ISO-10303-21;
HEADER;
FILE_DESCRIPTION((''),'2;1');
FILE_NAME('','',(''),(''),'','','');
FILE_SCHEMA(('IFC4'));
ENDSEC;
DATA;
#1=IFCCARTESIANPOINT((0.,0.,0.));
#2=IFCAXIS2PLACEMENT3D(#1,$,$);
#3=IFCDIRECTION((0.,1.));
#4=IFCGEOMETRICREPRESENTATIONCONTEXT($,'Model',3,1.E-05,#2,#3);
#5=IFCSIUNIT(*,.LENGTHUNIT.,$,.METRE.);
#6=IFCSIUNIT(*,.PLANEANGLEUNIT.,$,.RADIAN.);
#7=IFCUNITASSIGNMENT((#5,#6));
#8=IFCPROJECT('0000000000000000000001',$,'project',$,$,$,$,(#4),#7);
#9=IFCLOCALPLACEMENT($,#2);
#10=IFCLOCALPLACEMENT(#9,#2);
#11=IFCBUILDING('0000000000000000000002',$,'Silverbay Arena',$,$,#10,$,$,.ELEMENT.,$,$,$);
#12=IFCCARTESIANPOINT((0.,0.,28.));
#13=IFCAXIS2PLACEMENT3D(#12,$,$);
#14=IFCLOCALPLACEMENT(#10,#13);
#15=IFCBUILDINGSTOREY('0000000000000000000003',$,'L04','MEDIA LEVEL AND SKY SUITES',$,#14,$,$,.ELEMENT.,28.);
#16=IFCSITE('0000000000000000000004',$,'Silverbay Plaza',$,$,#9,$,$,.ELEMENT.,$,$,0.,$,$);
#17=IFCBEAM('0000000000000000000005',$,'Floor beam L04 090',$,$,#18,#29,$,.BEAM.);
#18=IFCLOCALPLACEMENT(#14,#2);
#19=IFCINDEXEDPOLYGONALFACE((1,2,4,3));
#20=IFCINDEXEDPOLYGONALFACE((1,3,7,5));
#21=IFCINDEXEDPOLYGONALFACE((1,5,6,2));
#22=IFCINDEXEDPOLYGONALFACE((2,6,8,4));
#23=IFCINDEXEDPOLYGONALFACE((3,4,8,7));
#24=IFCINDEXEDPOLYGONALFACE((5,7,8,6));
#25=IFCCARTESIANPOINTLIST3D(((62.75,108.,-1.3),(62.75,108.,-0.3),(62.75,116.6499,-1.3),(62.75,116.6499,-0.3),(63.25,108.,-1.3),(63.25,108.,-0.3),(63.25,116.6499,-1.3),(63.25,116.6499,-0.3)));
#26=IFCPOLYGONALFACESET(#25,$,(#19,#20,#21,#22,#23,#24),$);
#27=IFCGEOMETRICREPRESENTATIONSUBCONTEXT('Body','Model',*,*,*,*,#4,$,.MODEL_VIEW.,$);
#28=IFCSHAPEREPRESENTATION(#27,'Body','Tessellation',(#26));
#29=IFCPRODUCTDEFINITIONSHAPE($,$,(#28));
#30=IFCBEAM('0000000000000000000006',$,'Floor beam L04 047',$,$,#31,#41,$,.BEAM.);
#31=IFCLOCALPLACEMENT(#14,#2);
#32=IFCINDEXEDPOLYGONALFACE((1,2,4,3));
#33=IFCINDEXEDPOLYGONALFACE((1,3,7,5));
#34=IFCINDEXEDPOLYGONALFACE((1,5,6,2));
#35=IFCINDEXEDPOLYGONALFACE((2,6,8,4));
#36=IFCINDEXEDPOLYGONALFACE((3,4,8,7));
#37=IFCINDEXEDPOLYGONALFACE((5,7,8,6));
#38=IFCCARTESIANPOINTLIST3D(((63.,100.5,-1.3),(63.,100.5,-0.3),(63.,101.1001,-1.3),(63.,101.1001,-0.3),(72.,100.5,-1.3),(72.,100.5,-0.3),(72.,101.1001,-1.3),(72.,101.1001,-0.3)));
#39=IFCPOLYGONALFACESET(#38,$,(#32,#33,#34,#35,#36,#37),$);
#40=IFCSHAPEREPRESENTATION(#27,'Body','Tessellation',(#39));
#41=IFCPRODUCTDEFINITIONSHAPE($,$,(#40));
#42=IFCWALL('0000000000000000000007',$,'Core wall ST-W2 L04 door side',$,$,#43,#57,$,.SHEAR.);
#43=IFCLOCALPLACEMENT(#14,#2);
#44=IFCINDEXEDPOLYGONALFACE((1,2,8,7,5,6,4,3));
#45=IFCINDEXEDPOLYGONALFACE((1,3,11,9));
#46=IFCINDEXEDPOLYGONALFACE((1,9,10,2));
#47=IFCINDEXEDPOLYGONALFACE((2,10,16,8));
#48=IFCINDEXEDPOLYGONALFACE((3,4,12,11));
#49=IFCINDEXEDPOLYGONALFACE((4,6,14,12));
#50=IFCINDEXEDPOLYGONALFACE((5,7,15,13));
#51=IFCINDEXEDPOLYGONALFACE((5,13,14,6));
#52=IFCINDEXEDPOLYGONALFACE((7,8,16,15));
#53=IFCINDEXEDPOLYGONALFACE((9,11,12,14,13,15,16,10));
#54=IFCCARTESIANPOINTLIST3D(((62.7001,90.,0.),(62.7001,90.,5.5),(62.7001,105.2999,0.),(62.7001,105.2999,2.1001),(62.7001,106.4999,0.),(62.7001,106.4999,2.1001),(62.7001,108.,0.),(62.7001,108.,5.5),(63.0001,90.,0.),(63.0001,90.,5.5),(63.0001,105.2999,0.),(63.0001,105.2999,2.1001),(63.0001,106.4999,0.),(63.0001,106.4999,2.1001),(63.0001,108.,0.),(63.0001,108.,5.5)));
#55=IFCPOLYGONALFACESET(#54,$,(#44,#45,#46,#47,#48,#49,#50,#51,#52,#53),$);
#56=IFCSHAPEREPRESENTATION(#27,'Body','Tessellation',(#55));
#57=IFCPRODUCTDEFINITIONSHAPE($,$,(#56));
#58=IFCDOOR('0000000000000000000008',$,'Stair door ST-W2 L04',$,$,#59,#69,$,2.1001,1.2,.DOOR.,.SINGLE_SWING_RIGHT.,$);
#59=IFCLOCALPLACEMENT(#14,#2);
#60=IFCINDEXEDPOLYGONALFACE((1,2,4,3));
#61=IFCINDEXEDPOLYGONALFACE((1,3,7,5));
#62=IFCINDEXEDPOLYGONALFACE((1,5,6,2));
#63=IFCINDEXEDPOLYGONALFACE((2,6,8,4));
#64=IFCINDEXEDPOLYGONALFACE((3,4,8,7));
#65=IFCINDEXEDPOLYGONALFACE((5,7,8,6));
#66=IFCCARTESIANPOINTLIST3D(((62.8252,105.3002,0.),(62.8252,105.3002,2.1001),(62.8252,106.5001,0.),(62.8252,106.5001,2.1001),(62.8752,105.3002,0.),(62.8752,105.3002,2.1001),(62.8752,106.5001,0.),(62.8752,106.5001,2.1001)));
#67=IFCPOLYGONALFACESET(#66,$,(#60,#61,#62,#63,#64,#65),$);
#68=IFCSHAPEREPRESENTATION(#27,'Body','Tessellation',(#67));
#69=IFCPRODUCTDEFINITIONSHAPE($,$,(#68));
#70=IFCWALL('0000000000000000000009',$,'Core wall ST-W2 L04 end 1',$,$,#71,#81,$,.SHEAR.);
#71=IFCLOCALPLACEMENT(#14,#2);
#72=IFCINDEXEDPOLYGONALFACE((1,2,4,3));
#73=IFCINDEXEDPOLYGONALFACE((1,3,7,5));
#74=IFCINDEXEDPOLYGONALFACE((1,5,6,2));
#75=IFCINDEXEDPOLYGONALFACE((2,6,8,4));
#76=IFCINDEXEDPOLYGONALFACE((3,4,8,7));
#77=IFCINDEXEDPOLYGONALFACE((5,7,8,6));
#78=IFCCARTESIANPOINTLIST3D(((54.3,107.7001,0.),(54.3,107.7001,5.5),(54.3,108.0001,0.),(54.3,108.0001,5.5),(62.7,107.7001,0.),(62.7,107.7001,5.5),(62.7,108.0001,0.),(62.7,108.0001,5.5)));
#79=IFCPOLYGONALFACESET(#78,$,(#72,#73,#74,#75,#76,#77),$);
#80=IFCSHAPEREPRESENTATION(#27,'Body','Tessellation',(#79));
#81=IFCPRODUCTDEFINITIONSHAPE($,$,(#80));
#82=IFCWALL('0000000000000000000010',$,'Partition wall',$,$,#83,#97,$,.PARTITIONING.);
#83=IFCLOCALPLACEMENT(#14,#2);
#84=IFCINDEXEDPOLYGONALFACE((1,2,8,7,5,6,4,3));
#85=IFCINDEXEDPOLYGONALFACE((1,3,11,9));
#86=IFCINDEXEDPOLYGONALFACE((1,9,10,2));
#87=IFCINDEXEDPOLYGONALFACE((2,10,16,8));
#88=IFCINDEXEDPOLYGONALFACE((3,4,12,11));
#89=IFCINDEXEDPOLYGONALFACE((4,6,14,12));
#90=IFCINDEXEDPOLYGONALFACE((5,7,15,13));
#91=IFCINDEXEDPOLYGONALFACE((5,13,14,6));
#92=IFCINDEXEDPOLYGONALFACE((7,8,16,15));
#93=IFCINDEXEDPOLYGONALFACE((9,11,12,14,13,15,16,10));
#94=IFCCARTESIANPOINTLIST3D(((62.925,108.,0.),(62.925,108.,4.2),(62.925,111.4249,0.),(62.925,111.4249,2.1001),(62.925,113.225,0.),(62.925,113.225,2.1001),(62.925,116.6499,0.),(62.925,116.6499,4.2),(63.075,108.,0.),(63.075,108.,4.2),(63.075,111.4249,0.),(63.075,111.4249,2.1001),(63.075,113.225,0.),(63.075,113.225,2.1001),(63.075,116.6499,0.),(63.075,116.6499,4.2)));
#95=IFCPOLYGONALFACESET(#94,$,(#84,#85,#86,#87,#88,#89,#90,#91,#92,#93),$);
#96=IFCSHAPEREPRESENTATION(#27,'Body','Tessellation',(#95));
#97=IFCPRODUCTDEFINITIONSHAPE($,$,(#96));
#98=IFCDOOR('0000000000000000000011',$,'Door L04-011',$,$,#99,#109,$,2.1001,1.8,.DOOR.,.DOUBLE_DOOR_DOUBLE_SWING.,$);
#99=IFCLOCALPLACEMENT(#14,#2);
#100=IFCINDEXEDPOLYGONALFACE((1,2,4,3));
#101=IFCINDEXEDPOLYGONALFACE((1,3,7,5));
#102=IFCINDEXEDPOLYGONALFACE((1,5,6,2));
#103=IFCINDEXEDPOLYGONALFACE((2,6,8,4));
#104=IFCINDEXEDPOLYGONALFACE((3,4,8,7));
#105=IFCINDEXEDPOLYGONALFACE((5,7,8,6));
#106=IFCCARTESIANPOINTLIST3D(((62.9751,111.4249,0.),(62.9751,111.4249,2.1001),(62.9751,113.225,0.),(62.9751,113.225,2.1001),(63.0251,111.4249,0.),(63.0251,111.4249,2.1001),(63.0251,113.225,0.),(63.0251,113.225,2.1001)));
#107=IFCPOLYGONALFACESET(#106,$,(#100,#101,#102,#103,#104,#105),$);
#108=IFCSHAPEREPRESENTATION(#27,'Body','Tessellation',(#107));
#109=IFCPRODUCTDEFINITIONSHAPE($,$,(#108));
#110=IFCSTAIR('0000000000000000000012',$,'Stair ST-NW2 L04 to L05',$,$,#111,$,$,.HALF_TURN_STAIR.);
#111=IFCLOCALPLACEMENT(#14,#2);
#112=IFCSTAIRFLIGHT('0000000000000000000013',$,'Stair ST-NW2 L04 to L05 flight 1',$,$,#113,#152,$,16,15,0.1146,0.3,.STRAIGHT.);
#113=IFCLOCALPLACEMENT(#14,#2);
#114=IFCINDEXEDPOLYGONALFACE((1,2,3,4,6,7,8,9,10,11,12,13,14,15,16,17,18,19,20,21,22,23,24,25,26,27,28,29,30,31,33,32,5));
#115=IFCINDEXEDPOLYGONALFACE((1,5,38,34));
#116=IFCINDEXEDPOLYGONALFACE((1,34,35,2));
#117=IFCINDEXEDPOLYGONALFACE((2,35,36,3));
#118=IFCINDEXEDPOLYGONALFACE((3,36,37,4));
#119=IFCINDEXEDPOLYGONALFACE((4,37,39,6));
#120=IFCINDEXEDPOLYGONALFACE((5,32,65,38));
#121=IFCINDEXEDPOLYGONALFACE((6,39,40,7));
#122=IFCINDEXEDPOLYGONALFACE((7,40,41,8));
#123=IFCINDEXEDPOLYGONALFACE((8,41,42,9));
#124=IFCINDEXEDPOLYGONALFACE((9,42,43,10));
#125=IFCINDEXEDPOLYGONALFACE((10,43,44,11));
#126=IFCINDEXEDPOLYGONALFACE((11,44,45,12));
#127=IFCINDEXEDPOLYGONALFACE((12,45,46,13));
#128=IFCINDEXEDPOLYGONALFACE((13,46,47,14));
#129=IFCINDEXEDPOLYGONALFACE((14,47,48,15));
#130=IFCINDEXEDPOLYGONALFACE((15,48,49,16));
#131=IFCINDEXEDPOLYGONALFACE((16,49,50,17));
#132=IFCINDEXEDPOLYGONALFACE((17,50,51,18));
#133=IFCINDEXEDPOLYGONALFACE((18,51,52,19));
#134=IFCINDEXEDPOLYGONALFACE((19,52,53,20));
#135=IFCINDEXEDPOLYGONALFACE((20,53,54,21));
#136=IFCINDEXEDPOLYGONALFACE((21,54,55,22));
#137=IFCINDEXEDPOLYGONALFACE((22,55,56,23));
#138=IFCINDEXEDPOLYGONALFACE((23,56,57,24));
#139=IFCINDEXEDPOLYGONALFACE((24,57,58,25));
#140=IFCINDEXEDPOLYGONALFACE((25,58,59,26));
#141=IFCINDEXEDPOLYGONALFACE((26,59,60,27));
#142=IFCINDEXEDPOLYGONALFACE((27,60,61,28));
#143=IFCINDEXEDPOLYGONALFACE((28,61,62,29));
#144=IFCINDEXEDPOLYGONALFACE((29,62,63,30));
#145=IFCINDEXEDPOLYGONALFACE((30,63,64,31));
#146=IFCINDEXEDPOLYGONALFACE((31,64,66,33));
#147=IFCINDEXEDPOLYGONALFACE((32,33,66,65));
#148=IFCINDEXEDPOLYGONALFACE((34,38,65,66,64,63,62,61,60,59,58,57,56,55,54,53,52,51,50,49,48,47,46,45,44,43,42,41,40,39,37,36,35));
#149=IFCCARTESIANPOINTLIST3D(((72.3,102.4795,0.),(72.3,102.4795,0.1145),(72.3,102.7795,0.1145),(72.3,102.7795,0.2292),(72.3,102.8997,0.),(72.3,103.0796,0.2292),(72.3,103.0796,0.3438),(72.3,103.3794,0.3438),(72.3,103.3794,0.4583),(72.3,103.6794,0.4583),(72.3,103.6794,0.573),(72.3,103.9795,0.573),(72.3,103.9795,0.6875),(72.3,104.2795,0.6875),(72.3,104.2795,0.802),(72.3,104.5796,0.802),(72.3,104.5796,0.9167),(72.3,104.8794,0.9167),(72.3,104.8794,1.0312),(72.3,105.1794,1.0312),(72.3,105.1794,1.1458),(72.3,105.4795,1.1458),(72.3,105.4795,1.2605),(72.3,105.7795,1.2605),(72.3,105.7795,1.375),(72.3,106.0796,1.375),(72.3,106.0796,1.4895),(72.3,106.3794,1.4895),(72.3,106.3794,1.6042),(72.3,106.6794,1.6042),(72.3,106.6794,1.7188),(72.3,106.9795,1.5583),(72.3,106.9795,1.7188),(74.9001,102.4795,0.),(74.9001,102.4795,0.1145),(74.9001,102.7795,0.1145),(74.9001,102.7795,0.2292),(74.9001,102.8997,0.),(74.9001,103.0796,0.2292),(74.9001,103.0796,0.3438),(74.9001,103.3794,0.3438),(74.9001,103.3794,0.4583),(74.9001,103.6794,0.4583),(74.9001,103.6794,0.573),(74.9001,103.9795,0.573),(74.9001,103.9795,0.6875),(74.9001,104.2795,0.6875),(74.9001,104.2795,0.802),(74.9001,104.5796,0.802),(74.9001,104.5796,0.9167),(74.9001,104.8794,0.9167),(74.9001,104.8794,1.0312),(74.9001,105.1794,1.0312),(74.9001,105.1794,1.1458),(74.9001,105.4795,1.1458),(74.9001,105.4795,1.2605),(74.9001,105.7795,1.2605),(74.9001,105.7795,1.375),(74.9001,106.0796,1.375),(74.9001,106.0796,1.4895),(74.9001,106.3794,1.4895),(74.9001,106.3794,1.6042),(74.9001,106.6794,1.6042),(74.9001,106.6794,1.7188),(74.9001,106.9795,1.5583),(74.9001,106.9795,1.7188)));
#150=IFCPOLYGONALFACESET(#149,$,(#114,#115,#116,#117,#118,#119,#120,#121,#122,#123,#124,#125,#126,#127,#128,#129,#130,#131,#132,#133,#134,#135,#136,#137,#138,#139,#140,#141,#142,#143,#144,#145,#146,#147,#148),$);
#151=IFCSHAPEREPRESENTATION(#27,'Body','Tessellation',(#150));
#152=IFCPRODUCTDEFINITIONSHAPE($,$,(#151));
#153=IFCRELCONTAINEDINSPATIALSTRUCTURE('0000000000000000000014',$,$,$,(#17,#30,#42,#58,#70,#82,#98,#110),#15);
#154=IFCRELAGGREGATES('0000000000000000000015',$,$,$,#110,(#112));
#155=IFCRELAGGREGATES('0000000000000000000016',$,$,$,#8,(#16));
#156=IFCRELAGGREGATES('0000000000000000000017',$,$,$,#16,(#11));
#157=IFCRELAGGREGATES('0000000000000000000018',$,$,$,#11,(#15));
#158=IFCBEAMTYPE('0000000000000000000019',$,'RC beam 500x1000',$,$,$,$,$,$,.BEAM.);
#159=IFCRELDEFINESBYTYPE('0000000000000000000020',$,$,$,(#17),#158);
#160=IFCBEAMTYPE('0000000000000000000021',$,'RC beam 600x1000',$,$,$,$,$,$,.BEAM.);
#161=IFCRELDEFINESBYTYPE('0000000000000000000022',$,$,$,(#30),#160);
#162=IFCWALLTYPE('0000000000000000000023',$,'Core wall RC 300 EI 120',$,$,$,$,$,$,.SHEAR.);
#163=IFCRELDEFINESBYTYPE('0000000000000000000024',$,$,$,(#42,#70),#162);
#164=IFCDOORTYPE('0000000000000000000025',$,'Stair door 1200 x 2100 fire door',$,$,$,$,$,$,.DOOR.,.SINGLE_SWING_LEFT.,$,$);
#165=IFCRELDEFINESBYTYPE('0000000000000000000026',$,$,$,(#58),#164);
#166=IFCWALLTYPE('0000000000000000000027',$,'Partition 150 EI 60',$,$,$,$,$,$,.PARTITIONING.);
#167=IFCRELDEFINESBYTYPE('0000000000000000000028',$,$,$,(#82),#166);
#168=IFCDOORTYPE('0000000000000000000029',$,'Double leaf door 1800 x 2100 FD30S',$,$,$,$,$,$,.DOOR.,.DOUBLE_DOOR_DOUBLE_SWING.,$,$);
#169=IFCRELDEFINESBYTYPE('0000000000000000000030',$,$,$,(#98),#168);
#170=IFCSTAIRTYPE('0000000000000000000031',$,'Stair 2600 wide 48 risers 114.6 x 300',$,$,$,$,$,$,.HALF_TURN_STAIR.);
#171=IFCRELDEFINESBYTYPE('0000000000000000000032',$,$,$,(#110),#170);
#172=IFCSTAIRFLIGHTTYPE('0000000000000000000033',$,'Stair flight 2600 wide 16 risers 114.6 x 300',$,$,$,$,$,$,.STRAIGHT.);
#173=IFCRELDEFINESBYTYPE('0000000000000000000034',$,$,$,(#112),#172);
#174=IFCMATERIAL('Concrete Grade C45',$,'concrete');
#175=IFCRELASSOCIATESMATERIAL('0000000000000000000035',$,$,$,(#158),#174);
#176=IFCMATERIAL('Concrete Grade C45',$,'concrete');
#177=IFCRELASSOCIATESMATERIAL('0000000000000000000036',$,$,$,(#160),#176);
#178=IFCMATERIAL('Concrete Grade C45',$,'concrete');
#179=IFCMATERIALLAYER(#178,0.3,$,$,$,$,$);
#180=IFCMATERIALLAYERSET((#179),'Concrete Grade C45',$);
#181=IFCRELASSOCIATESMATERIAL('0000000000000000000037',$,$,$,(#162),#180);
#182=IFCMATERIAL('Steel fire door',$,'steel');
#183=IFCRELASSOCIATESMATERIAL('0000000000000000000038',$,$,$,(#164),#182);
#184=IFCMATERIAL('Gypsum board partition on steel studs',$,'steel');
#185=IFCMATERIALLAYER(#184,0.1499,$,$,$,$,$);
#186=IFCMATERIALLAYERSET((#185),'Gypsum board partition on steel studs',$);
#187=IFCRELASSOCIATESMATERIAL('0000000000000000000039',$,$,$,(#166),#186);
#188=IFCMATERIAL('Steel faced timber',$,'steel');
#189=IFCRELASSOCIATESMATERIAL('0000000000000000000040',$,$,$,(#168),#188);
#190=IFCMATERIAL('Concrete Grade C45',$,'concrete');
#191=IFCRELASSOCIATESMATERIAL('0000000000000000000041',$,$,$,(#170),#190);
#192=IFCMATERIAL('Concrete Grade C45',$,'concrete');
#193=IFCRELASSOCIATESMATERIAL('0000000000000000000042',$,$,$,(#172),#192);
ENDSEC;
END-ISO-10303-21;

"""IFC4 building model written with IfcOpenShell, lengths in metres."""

from ifc_helpers import new_model, si_unit, direction, frame, frame_2d, origin, origin_2d, place, context, subcontext, project, spatial, polyline, rectangle, outline, extrude, material, layer, layer_set, material_profile, profile_set, type_object, element, fill, aggregate, save


model = new_model("IFC4")

# Units and contexts
model_context = context("Model", 3, precision=1e-05, world=origin(), true_north=direction((0.0, 1.0)))
body_context = subcontext(model_context, "Body", "Model", "MODEL_VIEW")
ifc_project = project(units=[si_unit("LENGTHUNIT", "METRE"), si_unit("PLANEANGLEUNIT", "RADIAN")], contexts=[model_context])

# Site, building, storey
site_placement = place(None, origin())
site = spatial("IfcSite", under=ifc_project, at=site_placement, Name="Silverbay Plaza", CompositionType="ELEMENT", RefElevation=0.0)
building_placement = place(site_placement, origin())
building = spatial("IfcBuilding", under=site, at=building_placement, Name="Silverbay Arena", CompositionType="ELEMENT")
storey_placement = place(building_placement, frame((0.0, 0.0, 28.0)))
storey = spatial("IfcBuildingStorey", under=building, at=storey_placement, Name="L04", Description="MEDIA LEVEL AND SKY SUITES", CompositionType="ELEMENT", Elevation=28.0)

# Beams
ifc_material_1 = material(Name="Concrete Grade C45", Category="concrete")
ifc_material_profile_1 = material_profile(ifc_material_1, rectangle(XDim=0.5, YDim=1.0, at=origin_2d()), Name="RC 500x1000")
ifc_profile_set_1 = profile_set([ifc_material_profile_1], Name="Concrete Grade C45")
beam_type_1 = type_object("IfcBeamType", Name="RC beam 500x1000", PredefinedType="BEAM", material=ifc_profile_set_1)
beam_1_placement = place(storey_placement, frame((63.0, 108.0, -0.8), z_axis=(0.0, 1.0, 0.0), x_axis=(-1.0, 0.0, 0.0)))
element("IfcBeam", 1, at=beam_1_placement, inside=storey, type_object=beam_type_1, Name="Floor beam L04 090", PredefinedType="BEAM", context=body_context, shape_type="SweptSolid", body=[
    extrude(rectangle(XDim=0.5, YDim=1.0, at=origin_2d()), origin(), (0.0, 0.0, 1.0), 8.6499),
])
ifc_material_2 = material(Name="Concrete Grade C45", Category="concrete")
ifc_material_profile_2 = material_profile(ifc_material_2, rectangle(XDim=0.6001, YDim=1.0, at=origin_2d()), Name="RC 600x1000")
ifc_profile_set_2 = profile_set([ifc_material_profile_2], Name="Concrete Grade C45")
beam_type_2 = type_object("IfcBeamType", Name="RC beam 600x1000", PredefinedType="BEAM", material=ifc_profile_set_2)
beam_2_placement = place(storey_placement, frame((63.0, 100.8, -0.8), z_axis=(1.0, 0.0, 0.0), x_axis=(0.0, 1.0, 0.0)))
element("IfcBeam", 2, at=beam_2_placement, inside=storey, type_object=beam_type_2, Name="Floor beam L04 047", PredefinedType="BEAM", context=body_context, shape_type="SweptSolid", body=[
    extrude(rectangle(XDim=0.6001, YDim=1.0, at=origin_2d()), origin(), (0.0, 0.0, 1.0), 9.0),
])

# Wall, opening, door
ifc_material_3 = material(Name="Concrete Grade C45", Category="concrete")
ifc_layer_1 = layer(ifc_material_3, 0.3)
ifc_layer_set_1 = layer_set([ifc_layer_1], Name="Concrete Grade C45")
wall_type_1 = type_object("IfcWallType", Name="Core wall RC 300 EI 120", PredefinedType="SHEAR", material=ifc_layer_set_1)
wall_1_placement = place(storey_placement, frame((62.8501, 108.0, 0.0), z_axis=(0.0, 0.0, 1.0), x_axis=(0.0, -1.0, 0.0)))
wall_1 = element("IfcWall", 3, at=wall_1_placement, inside=storey, type_object=wall_type_1, Name="Core wall ST-W2 L04 door side", PredefinedType="SHEAR", context=body_context, shape_type="SweptSolid", body=[
    extrude(rectangle(XDim=18.0, YDim=0.3, at=frame_2d((9.0, 0.0))), origin(), (0.0, 0.0, 1.0), 5.5),
])
opening_1_placement = place(wall_1_placement, frame((1.5, 0.0, 0.0)))
opening_1 = element("IfcOpeningElement", 4, at=opening_1_placement, cuts=wall_1, PredefinedType="OPENING", context=body_context, shape_type="SweptSolid", body=[
    extrude(rectangle(XDim=1.2, YDim=2.1001, at=frame_2d((0.6001, 1.05))), frame((0.0, 0.1602, 0.0), z_axis=(0.0, -1.0, 0.0), x_axis=(1.0, 0.0, 0.0)), (0.0, 0.0, 1.0), 0.3201),
])
ifc_material_4 = material(Name="Steel fire door", Category="steel")
door_type_1 = type_object("IfcDoorType", Name="Stair door 1200 x 2100 fire door", OperationType="SINGLE_SWING_LEFT", PredefinedType="DOOR", material=ifc_material_4)
door_1_placement = place(opening_1_placement, frame((1.2, 0.0, 0.0), z_axis=(0.0, 0.0, 1.0), x_axis=(-1.0, 0.0, 0.0)))
door_1 = element("IfcDoor", 5, at=door_1_placement, inside=storey, type_object=door_type_1, Name="Stair door ST-W2 L04", OperationType="SINGLE_SWING_RIGHT", OverallHeight=2.1001, OverallWidth=1.2, PredefinedType="DOOR", context=body_context, shape_type="SweptSolid", body=[
    extrude(rectangle(XDim=1.2, YDim=2.1001, at=frame_2d((0.6001, 1.05))), frame((0.0, 0.0249, 0.0), z_axis=(0.0, -1.0, 0.0), x_axis=(1.0, 0.0, 0.0)), (0.0, 0.0, 1.0), 0.05),
])
fill(opening_1, door_1)

# Wall
wall_2_placement = place(storey_placement, frame((62.7, 107.8501, 0.0), z_axis=(0.0, 0.0, 1.0), x_axis=(-1.0, 0.0, 0.0)))
element("IfcWall", 6, at=wall_2_placement, inside=storey, type_object=wall_type_1, Name="Core wall ST-W2 L04 end 1", PredefinedType="SHEAR", context=body_context, shape_type="SweptSolid", body=[
    extrude(rectangle(XDim=8.3999, YDim=0.3, at=frame_2d((4.2, 0.0))), origin(), (0.0, 0.0, 1.0), 5.5),
])

# Wall, opening, door
ifc_material_5 = material(Name="Gypsum board partition on steel studs", Category="steel")
ifc_layer_2 = layer(ifc_material_5, 0.1499)
ifc_layer_set_2 = layer_set([ifc_layer_2], Name="Gypsum board partition on steel studs")
wall_type_2 = type_object("IfcWallType", Name="Partition 150 EI 60", PredefinedType="PARTITIONING", material=ifc_layer_set_2)
wall_3_placement = place(storey_placement, frame((63.0, 108.0, 0.0), z_axis=(0.0, 0.0, 1.0), x_axis=(0.0, 1.0, 0.0)))
wall_3 = element("IfcWall", 7, at=wall_3_placement, inside=storey, type_object=wall_type_2, Name="Partition wall", PredefinedType="PARTITIONING", context=body_context, shape_type="SweptSolid", body=[
    extrude(rectangle(XDim=8.6499, YDim=0.1499, at=frame_2d((4.325, 0.0))), origin(), (0.0, 0.0, 1.0), 4.2),
])
opening_2_placement = place(wall_3_placement, frame((3.425, 0.0, 0.0)))
opening_2 = element("IfcOpeningElement", 8, at=opening_2_placement, cuts=wall_3, PredefinedType="OPENING", context=body_context, shape_type="SweptSolid", body=[
    extrude(rectangle(XDim=1.8, YDim=2.1001, at=frame_2d((0.8999, 1.05))), frame((0.0, 0.085, 0.0), z_axis=(0.0, -1.0, 0.0), x_axis=(1.0, 0.0, 0.0)), (0.0, 0.0, 1.0), 0.1699),
])
ifc_material_6 = material(Name="Steel faced timber", Category="steel")
door_type_2 = type_object("IfcDoorType", Name="Double leaf door 1800 x 2100 FD30S", OperationType="DOUBLE_DOOR_DOUBLE_SWING", PredefinedType="DOOR", material=ifc_material_6)
door_2_placement = place(opening_2_placement, origin())
door_2 = element("IfcDoor", 9, at=door_2_placement, inside=storey, type_object=door_type_2, Name="Door L04-011", OperationType="DOUBLE_DOOR_DOUBLE_SWING", OverallHeight=2.1001, OverallWidth=1.8, PredefinedType="DOOR", context=body_context, shape_type="SweptSolid", body=[
    extrude(rectangle(XDim=1.8, YDim=2.1001, at=frame_2d((0.8999, 1.05))), frame((0.0, 0.0249, 0.0), z_axis=(0.0, -1.0, 0.0), x_axis=(1.0, 0.0, 0.0)), (0.0, 0.0, 1.0), 0.05),
])
fill(opening_2, door_2)

# Stair, stair flight
ifc_material_7 = material(Name="Concrete Grade C45", Category="concrete")
stair_type = type_object("IfcStairType", Name="Stair 2600 wide 48 risers 114.6 x 300", PredefinedType="HALF_TURN_STAIR", material=ifc_material_7)
stair_placement = place(storey_placement, origin())
stair = element("IfcStair", 10, at=stair_placement, inside=storey, type_object=stair_type, Name="Stair ST-NW2 L04 to L05", PredefinedType="HALF_TURN_STAIR")
ifc_material_8 = material(Name="Concrete Grade C45", Category="concrete")
stair_flight_type = type_object("IfcStairFlightType", Name="Stair flight 2600 wide 16 risers 114.6 x 300", PredefinedType="STRAIGHT", material=ifc_material_8)
stair_flight_1_placement = place(storey_placement, frame((73.6001, 102.4795, 0.0), z_axis=(0.0, 0.0, 1.0), x_axis=(0.0, 1.0, 0.0)))
stair_flight_1 = element("IfcStairFlight", 11, at=stair_flight_1_placement, type_object=stair_flight_type, Name="Stair ST-NW2 L04 to L05 flight 1", NumberOfRisers=16, NumberOfTreads=15, PredefinedType="STRAIGHT", RiserHeight=0.1146, TreadLength=0.3, context=body_context, shape_type="SweptSolid", body=[
    extrude(outline(polyline([(0.0, 0.0), (0.0, 0.1145), (0.3, 0.1145), (0.3, 0.2292), (0.6001, 0.2292), (0.6001, 0.3438), (0.8999, 0.3438), (0.8999, 0.4583), (1.2, 0.4583), (1.2, 0.573), (1.5, 0.573), (1.5, 0.6875), (1.8, 0.6875), (1.8, 0.802), (2.1001, 0.802), (2.1001, 0.9167), (2.3999, 0.9167), (2.3999, 1.0312), (2.7, 1.0312), (2.7, 1.1458), (3.0, 1.1458), (3.0, 1.2605), (3.3, 1.2605), (3.3, 1.375), (3.6001, 1.375), (3.6001, 1.4895), (3.8999, 1.4895), (3.8999, 1.6042), (4.2, 1.6042), (4.2, 1.7188), (4.5, 1.7188), (4.5, 1.5583), (0.4202, 0.0), (0.0, 0.0)])), frame((0.0, 1.3, 0.0), z_axis=(0.0, -1.0, 0.0), x_axis=(1.0, 0.0, 0.0)), (0.0, 0.0, 1.0), 2.6001),
])
aggregate(stair, [stair_flight_1])

save(model, "model.ifc")
